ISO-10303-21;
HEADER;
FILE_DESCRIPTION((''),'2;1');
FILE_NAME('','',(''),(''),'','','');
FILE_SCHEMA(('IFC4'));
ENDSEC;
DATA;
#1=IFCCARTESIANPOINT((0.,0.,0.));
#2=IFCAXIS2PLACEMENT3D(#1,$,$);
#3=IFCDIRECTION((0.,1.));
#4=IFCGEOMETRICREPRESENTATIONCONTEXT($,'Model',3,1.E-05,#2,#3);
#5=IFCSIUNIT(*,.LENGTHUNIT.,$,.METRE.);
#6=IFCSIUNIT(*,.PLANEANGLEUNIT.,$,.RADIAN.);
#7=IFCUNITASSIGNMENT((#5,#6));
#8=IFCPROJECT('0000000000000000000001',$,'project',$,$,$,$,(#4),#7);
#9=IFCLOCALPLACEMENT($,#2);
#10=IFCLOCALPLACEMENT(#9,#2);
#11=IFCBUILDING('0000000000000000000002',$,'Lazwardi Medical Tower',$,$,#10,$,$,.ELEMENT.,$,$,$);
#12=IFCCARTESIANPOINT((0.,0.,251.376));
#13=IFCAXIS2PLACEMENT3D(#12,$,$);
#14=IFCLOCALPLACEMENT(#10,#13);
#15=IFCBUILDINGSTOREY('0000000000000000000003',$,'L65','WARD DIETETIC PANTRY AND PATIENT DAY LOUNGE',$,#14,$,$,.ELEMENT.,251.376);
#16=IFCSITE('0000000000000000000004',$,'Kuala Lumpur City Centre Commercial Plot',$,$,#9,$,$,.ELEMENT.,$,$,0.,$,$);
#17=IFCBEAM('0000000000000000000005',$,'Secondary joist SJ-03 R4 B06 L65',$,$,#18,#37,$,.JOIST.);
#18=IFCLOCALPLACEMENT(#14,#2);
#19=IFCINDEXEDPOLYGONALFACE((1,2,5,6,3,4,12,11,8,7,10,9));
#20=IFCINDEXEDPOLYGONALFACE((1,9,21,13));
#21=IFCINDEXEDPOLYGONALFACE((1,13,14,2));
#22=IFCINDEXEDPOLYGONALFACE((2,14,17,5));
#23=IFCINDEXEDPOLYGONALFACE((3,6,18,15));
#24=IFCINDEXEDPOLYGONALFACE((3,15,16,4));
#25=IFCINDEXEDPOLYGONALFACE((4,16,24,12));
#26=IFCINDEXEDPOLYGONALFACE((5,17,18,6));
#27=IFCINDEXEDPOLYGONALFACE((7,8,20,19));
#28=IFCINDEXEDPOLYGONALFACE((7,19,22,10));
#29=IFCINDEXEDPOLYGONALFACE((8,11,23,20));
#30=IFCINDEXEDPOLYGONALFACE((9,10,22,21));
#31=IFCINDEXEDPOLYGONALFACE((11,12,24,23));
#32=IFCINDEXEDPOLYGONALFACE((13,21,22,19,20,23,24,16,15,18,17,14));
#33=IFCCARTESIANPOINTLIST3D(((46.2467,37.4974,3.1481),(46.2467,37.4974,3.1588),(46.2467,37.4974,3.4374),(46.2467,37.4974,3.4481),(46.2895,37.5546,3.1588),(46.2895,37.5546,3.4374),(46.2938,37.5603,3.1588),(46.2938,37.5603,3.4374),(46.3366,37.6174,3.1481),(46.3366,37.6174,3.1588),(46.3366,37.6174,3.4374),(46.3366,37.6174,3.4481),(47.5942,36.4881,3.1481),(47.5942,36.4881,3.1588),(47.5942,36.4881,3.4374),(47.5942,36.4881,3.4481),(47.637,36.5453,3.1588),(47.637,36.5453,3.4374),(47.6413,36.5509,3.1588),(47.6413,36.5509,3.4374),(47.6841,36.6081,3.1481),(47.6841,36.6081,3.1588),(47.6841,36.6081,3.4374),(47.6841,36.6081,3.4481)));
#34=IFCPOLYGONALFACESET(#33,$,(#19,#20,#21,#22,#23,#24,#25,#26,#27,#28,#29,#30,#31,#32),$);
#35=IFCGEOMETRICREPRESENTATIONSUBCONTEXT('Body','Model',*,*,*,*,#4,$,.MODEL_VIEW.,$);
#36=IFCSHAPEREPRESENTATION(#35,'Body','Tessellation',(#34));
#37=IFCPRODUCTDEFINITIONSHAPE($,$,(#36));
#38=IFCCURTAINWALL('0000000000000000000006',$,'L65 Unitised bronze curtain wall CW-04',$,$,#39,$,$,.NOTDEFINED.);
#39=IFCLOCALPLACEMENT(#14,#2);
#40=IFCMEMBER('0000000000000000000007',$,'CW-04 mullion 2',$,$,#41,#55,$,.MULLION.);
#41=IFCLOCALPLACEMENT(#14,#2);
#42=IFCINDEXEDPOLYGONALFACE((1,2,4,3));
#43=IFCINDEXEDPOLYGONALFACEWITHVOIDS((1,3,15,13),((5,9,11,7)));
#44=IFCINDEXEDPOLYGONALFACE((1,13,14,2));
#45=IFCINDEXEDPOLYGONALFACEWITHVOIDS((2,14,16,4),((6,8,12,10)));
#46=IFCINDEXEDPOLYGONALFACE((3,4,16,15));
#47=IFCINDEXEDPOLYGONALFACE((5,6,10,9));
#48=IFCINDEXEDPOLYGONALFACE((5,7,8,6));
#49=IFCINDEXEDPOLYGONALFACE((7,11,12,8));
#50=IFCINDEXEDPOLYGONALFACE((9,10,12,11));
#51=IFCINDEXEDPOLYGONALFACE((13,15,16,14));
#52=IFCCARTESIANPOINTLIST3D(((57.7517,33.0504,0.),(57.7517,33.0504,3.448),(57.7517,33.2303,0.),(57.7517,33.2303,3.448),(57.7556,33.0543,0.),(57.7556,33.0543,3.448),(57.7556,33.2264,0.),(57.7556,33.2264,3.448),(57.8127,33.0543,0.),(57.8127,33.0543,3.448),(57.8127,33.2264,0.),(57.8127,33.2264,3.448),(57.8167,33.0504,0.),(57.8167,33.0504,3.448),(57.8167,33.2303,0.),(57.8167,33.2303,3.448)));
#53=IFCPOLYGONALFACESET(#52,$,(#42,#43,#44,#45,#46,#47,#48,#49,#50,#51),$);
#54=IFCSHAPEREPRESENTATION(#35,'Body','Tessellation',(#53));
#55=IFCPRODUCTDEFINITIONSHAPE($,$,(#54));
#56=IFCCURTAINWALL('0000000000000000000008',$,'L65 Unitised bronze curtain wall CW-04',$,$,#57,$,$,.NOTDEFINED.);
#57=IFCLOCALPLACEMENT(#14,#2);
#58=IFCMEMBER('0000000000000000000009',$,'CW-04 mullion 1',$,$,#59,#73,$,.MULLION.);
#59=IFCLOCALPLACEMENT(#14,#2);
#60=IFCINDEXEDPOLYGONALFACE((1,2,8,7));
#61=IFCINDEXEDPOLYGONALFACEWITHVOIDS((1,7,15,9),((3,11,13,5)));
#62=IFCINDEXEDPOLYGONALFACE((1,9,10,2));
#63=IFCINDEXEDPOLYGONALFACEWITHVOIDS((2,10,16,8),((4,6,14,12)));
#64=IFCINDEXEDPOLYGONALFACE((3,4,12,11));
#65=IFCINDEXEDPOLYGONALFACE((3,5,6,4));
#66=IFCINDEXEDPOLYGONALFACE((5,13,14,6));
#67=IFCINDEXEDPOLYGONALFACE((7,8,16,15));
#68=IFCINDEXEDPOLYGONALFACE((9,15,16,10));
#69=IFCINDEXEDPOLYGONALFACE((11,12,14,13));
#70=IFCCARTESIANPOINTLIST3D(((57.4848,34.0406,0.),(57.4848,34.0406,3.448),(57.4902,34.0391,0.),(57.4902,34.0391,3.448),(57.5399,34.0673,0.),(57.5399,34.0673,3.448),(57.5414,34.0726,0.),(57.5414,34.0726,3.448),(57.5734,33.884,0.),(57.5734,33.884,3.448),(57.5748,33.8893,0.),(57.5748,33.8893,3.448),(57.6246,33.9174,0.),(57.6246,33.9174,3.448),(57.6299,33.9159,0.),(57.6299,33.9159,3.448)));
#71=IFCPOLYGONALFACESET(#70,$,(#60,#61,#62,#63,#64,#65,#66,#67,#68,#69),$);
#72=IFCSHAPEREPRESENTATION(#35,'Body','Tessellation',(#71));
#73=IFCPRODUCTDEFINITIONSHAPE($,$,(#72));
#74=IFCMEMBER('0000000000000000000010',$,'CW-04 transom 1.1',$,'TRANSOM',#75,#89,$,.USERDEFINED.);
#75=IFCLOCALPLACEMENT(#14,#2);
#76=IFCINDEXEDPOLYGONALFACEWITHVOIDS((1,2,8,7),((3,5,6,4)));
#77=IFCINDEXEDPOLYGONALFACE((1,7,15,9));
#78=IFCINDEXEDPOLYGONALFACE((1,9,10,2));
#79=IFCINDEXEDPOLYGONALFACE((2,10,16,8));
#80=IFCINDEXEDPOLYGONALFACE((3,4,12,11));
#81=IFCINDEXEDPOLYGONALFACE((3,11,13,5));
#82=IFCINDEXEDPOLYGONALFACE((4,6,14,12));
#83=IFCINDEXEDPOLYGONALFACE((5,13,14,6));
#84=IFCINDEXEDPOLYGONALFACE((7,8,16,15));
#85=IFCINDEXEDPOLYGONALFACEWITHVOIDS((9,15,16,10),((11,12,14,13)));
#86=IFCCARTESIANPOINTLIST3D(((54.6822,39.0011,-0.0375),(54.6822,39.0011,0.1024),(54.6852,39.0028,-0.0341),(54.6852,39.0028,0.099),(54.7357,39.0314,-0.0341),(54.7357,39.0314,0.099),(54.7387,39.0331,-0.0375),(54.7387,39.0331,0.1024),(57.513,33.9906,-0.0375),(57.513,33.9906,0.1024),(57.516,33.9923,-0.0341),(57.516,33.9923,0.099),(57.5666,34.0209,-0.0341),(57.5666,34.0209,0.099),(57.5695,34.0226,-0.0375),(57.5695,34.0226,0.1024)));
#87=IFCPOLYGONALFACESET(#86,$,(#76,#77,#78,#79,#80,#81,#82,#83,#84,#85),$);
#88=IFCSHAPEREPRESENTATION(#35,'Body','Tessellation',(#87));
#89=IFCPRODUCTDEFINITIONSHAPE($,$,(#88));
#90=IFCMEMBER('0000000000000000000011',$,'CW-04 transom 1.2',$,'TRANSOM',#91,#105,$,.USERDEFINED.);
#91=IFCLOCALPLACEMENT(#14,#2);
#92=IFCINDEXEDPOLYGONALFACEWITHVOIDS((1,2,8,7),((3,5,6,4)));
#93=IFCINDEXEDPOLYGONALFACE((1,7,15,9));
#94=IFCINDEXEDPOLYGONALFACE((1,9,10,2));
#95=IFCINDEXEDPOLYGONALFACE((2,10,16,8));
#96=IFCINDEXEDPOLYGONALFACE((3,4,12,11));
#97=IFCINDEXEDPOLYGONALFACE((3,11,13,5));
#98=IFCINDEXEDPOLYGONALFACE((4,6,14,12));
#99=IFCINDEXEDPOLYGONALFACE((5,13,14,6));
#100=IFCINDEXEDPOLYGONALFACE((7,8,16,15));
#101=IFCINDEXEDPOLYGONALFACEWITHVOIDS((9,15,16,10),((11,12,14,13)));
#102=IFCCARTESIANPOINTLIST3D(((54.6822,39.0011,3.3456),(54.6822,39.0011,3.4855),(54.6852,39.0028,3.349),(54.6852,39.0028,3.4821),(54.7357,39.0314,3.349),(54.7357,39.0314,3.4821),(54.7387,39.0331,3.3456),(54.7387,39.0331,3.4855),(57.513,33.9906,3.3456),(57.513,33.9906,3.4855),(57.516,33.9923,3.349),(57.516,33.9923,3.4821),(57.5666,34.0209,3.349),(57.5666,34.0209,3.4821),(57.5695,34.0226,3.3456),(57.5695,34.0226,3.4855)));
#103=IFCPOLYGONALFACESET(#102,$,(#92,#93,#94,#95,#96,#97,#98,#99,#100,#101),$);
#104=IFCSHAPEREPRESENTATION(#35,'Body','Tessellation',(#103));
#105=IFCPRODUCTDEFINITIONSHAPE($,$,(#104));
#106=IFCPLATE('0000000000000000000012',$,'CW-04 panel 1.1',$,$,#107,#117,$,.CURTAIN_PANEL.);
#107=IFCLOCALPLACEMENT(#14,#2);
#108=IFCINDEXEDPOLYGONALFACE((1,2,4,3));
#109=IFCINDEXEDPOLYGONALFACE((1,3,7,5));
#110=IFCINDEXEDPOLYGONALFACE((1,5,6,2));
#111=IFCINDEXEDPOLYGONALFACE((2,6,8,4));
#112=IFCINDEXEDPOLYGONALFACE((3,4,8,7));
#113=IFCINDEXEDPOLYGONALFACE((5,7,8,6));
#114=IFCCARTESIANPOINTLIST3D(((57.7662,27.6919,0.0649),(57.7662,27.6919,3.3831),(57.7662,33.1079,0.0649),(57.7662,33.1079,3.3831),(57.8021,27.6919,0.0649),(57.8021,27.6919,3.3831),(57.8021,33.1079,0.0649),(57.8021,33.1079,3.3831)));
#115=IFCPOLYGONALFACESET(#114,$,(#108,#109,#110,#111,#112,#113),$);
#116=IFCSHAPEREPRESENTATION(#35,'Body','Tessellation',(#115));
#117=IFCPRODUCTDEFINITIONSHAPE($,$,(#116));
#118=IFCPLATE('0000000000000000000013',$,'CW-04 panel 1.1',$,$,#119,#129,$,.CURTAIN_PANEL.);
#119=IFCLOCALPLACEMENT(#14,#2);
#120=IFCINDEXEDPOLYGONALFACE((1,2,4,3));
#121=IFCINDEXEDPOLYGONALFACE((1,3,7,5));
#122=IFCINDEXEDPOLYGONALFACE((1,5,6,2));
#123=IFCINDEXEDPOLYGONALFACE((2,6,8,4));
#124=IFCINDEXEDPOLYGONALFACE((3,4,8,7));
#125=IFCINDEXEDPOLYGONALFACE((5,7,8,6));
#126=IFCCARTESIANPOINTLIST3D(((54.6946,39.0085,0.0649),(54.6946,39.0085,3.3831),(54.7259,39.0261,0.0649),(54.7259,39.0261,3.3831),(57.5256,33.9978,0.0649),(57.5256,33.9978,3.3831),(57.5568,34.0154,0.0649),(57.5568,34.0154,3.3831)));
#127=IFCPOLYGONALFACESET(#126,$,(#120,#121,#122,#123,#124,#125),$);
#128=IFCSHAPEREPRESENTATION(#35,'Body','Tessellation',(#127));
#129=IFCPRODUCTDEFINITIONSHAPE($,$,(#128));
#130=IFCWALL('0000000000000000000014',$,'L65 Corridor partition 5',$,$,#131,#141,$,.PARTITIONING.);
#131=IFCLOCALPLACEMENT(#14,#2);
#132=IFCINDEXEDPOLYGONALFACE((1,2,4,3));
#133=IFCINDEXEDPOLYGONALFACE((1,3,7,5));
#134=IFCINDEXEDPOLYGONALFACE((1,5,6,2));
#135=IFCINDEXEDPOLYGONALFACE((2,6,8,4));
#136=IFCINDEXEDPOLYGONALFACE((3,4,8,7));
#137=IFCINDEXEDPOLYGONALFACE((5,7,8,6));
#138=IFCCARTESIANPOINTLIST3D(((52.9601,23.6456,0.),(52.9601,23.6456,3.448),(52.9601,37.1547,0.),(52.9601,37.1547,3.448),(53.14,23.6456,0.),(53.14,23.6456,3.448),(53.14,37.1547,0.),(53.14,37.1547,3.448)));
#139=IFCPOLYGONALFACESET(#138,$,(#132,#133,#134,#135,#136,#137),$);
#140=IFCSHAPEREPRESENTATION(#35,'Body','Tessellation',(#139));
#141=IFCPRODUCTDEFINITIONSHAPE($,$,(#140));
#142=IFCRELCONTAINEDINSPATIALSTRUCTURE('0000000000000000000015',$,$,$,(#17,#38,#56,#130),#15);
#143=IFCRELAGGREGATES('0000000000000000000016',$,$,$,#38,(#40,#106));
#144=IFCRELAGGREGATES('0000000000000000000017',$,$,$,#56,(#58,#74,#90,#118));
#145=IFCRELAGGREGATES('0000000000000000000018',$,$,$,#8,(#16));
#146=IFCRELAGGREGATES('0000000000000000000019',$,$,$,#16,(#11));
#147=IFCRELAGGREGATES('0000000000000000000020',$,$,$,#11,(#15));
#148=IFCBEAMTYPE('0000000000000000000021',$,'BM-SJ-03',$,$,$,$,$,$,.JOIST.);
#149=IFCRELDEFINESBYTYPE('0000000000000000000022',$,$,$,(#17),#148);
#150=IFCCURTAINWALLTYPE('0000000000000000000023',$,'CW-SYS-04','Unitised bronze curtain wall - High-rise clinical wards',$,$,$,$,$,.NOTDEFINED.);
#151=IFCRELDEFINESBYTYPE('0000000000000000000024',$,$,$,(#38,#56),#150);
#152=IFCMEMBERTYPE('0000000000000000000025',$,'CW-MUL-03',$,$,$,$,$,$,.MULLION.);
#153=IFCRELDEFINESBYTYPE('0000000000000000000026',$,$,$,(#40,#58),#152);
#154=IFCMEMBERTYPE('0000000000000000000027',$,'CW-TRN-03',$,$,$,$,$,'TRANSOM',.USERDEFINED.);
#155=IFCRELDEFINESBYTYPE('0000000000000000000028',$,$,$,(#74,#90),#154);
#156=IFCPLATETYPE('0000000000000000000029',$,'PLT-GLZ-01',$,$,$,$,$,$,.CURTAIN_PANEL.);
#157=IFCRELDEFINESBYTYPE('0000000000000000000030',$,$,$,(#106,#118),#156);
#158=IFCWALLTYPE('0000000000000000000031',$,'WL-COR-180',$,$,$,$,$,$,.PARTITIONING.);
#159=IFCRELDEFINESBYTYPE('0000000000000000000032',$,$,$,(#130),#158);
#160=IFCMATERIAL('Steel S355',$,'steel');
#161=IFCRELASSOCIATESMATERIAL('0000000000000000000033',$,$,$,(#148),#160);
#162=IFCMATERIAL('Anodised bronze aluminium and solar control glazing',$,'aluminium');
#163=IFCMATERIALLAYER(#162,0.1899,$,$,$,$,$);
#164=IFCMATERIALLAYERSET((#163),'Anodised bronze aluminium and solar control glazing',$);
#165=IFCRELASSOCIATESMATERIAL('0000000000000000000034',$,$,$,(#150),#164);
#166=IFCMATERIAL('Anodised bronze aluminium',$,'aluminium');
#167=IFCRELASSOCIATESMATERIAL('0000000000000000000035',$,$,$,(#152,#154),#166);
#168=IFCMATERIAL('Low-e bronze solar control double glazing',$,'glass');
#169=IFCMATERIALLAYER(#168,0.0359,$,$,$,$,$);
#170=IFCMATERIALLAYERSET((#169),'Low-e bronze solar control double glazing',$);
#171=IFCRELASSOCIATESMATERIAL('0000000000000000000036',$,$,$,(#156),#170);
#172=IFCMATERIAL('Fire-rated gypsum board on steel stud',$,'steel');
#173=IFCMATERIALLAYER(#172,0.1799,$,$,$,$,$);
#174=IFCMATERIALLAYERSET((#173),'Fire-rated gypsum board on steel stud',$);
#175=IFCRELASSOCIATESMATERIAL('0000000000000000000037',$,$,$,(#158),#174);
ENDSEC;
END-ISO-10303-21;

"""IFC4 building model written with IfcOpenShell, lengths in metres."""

from ifc_helpers import new_model, si_unit, direction, frame, frame_2d, origin, origin_2d, place, context, subcontext, project, spatial, rectangle, hollow_rectangle, i_section, extrude, material, layer, layer_set, material_profile, profile_set, type_object, element, aggregate, save


model = new_model("IFC4")

# Units and contexts
model_context = context("Model", 3, precision=1e-05, world=origin(), true_north=direction((0.0, 1.0)))
body_context = subcontext(model_context, "Body", "Model", "MODEL_VIEW")
ifc_project = project(units=[si_unit("LENGTHUNIT", "METRE"), si_unit("PLANEANGLEUNIT", "RADIAN")], contexts=[model_context])

# Site, building, storey
site_placement = place(None, origin())
site = spatial("IfcSite", under=ifc_project, at=site_placement, Name="Kuala Lumpur City Centre Commercial Plot", CompositionType="ELEMENT", RefElevation=0.0)
building_placement = place(site_placement, origin())
building = spatial("IfcBuilding", under=site, at=building_placement, Name="Lazwardi Medical Tower", CompositionType="ELEMENT")
storey_placement = place(building_placement, frame((0.0, 0.0, 251.376)))
storey = spatial("IfcBuildingStorey", under=building, at=storey_placement, Name="L65", Description="WARD DIETETIC PANTRY AND PATIENT DAY LOUNGE", CompositionType="ELEMENT", Elevation=251.376)

# Beam
ifc_material_1 = material(Name="Steel S355", Category="steel")
ifc_material_profile_1 = material_profile(ifc_material_1, i_section(OverallWidth=0.1499, OverallDepth=0.3, WebThickness=0.0071, FlangeThickness=0.0107, at=origin_2d()), Name="IPE 300")
ifc_profile_set_1 = profile_set([ifc_material_profile_1], Name="Steel S355")
beam_type_1 = type_object("IfcBeamType", Name="BM-SJ-03", PredefinedType="JOIST", material=ifc_profile_set_1)
beam_1_placement = place(storey_placement, frame((47.6392, 36.5481, 3.2981), z_axis=(-0.800365, 0.599513, 0.0), x_axis=(-0.599513, -0.800365, 0.0)))
element("IfcBeam", 1, at=beam_1_placement, inside=storey, type_object=beam_type_1, Name="Secondary joist SJ-03 R4 B06 L65", PredefinedType="JOIST", context=body_context, shape_type="SweptSolid", body=[
    extrude(i_section(OverallWidth=0.1499, OverallDepth=0.3, WebThickness=0.0071, FlangeThickness=0.0107, at=origin_2d()), origin(), (0.0, 0.0, 1.0), 1.6836),
])

# Curtain wall, member
ifc_material_2 = material(Name="Anodised bronze aluminium and solar control glazing", Category="aluminium")
ifc_layer_1 = layer(ifc_material_2, 0.1899)
ifc_layer_set_1 = layer_set([ifc_layer_1], Name="Anodised bronze aluminium and solar control glazing")
curtain_wall_type = type_object("IfcCurtainWallType", Name="CW-SYS-04", Description="Unitised bronze curtain wall - High-rise clinical wards", PredefinedType="NOTDEFINED", material=ifc_layer_set_1)
curtain_wall_1_placement = place(storey_placement, origin())
curtain_wall_1 = element("IfcCurtainWall", 2, at=curtain_wall_1_placement, inside=storey, type_object=curtain_wall_type, Name="L65 Unitised bronze curtain wall CW-04", PredefinedType="NOTDEFINED")
ifc_material_3 = material(Name="Anodised bronze aluminium", Category="aluminium")
ifc_material_profile_2 = material_profile(ifc_material_3, hollow_rectangle(XDim=0.0649, YDim=0.1799, WallThickness=0.0039, at=origin_2d()), Name="ALU-MULLION 180x65x4")
ifc_profile_set_2 = profile_set([ifc_material_profile_2], Name="Anodised bronze aluminium")
member_type_1 = type_object("IfcMemberType", Name="CW-MUL-03", PredefinedType="MULLION", material=ifc_profile_set_2)
member_1_placement = place(storey_placement, frame((57.7842, 33.1404, 0.0), z_axis=(0.0, 0.0, 1.0), x_axis=(-1.0, 0.0, 0.0)))
member_1 = element("IfcMember", 3, at=member_1_placement, type_object=member_type_1, Name="CW-04 mullion 2", PredefinedType="MULLION", context=body_context, shape_type="SweptSolid", body=[
    extrude(hollow_rectangle(XDim=0.0649, YDim=0.1799, WallThickness=0.0039, at=origin_2d()), origin(), (0.0, 0.0, 1.0), 3.448),
])

# Curtain wall, members
curtain_wall_2_placement = place(storey_placement, origin())
curtain_wall_2 = element("IfcCurtainWall", 4, at=curtain_wall_2_placement, inside=storey, type_object=curtain_wall_type, Name="L65 Unitised bronze curtain wall CW-04", PredefinedType="NOTDEFINED")
member_2_placement = place(storey_placement, frame((57.5574, 33.9783, 0.0), z_axis=(0.0, 0.0, 1.0), x_axis=(-0.870651, -0.4919, 0.0)))
member_2 = element("IfcMember", 5, at=member_2_placement, type_object=member_type_1, Name="CW-04 mullion 1", PredefinedType="MULLION", context=body_context, shape_type="SweptSolid", body=[
    extrude(hollow_rectangle(XDim=0.0649, YDim=0.1799, WallThickness=0.0039, at=origin_2d()), origin(), (0.0, 0.0, 1.0), 3.448),
])
ifc_material_profile_3 = material_profile(ifc_material_3, hollow_rectangle(XDim=0.0649, YDim=0.1399, WallThickness=0.0034, at=origin_2d()), Name="ALU-TRANSOM 140x65x3.5")
ifc_profile_set_3 = profile_set([ifc_material_profile_3], Name="Anodised bronze aluminium")
member_type_2 = type_object("IfcMemberType", Name="CW-TRN-03", ElementType="TRANSOM", PredefinedType="USERDEFINED", material=ifc_profile_set_3)
member_3_placement = place(storey_placement, frame((57.5413, 34.0066, 0.0325), z_axis=(-0.491898, 0.870653, 0.0), x_axis=(-0.870653, -0.491898, 0.0)))
member_3 = element("IfcMember", 6, at=member_3_placement, type_object=member_type_2, Name="CW-04 transom 1.1", ObjectType="TRANSOM", PredefinedType="USERDEFINED", context=body_context, shape_type="SweptSolid", body=[
    extrude(hollow_rectangle(XDim=0.0649, YDim=0.1399, WallThickness=0.0034, at=origin_2d()), origin(), (0.0, 0.0, 1.0), 5.7549),
])
member_4_placement = place(storey_placement, frame((57.5413, 34.0066, 3.4155), z_axis=(-0.491898, 0.870653, 0.0), x_axis=(-0.870653, -0.491898, 0.0)))
member_4 = element("IfcMember", 7, at=member_4_placement, type_object=member_type_2, Name="CW-04 transom 1.2", ObjectType="TRANSOM", PredefinedType="USERDEFINED", context=body_context, shape_type="SweptSolid", body=[
    extrude(hollow_rectangle(XDim=0.0649, YDim=0.1399, WallThickness=0.0034, at=origin_2d()), origin(), (0.0, 0.0, 1.0), 5.7549),
])

# Plates
ifc_material_4 = material(Name="Low-e bronze solar control double glazing", Category="glass")
ifc_layer_2 = layer(ifc_material_4, 0.0359)
ifc_layer_set_2 = layer_set([ifc_layer_2], Name="Low-e bronze solar control double glazing")
plate_type = type_object("IfcPlateType", Name="PLT-GLZ-01", PredefinedType="CURTAIN_PANEL", material=ifc_layer_set_2)
plate_1_placement = place(storey_placement, frame((57.7842, 30.3999, 0.0649), z_axis=(0.0, 0.0, 1.0), x_axis=(0.0, 1.0, 0.0)))
plate_1 = element("IfcPlate", 8, at=plate_1_placement, type_object=plate_type, Name="CW-04 panel 1.1", PredefinedType="CURTAIN_PANEL", context=body_context, shape_type="SweptSolid", body=[
    extrude(rectangle(XDim=5.416, YDim=0.0359, at=origin_2d()), origin(), (0.0, 0.0, 1.0), 3.3181),
])
aggregate(curtain_wall_1, [member_1, plate_1])
plate_2_placement = place(storey_placement, frame((56.1257, 36.512, 0.0649), z_axis=(0.0, 0.0, 1.0), x_axis=(-0.4919, 0.870651, 0.0)))
plate_2 = element("IfcPlate", 9, at=plate_2_placement, type_object=plate_type, Name="CW-04 panel 1.1", PredefinedType="CURTAIN_PANEL", context=body_context, shape_type="SweptSolid", body=[
    extrude(rectangle(XDim=5.7551, YDim=0.0359, at=origin_2d()), origin(), (0.0, 0.0, 1.0), 3.3181),
])
aggregate(curtain_wall_2, [member_2, member_3, member_4, plate_2])

# Wall
ifc_material_5 = material(Name="Fire-rated gypsum board on steel stud", Category="steel")
ifc_layer_3 = layer(ifc_material_5, 0.1799)
ifc_layer_set_3 = layer_set([ifc_layer_3], Name="Fire-rated gypsum board on steel stud")
wall_type_1 = type_object("IfcWallType", Name="WL-COR-180", PredefinedType="PARTITIONING", material=ifc_layer_set_3)
wall_1_placement = place(storey_placement, frame((53.05, 37.1545, 0.0), z_axis=(0.0, 0.0, 1.0), x_axis=(0.0, -1.0, 0.0)))
element("IfcWall", 10, at=wall_1_placement, inside=storey, type_object=wall_type_1, Name="L65 Corridor partition 5", PredefinedType="PARTITIONING", context=body_context, shape_type="SweptSolid", body=[
    extrude(rectangle(XDim=13.509, YDim=0.1799, at=frame_2d((6.7544, 0.0))), origin(), (0.0, 0.0, 1.0), 3.448),
])

save(model, "model.ifc")
